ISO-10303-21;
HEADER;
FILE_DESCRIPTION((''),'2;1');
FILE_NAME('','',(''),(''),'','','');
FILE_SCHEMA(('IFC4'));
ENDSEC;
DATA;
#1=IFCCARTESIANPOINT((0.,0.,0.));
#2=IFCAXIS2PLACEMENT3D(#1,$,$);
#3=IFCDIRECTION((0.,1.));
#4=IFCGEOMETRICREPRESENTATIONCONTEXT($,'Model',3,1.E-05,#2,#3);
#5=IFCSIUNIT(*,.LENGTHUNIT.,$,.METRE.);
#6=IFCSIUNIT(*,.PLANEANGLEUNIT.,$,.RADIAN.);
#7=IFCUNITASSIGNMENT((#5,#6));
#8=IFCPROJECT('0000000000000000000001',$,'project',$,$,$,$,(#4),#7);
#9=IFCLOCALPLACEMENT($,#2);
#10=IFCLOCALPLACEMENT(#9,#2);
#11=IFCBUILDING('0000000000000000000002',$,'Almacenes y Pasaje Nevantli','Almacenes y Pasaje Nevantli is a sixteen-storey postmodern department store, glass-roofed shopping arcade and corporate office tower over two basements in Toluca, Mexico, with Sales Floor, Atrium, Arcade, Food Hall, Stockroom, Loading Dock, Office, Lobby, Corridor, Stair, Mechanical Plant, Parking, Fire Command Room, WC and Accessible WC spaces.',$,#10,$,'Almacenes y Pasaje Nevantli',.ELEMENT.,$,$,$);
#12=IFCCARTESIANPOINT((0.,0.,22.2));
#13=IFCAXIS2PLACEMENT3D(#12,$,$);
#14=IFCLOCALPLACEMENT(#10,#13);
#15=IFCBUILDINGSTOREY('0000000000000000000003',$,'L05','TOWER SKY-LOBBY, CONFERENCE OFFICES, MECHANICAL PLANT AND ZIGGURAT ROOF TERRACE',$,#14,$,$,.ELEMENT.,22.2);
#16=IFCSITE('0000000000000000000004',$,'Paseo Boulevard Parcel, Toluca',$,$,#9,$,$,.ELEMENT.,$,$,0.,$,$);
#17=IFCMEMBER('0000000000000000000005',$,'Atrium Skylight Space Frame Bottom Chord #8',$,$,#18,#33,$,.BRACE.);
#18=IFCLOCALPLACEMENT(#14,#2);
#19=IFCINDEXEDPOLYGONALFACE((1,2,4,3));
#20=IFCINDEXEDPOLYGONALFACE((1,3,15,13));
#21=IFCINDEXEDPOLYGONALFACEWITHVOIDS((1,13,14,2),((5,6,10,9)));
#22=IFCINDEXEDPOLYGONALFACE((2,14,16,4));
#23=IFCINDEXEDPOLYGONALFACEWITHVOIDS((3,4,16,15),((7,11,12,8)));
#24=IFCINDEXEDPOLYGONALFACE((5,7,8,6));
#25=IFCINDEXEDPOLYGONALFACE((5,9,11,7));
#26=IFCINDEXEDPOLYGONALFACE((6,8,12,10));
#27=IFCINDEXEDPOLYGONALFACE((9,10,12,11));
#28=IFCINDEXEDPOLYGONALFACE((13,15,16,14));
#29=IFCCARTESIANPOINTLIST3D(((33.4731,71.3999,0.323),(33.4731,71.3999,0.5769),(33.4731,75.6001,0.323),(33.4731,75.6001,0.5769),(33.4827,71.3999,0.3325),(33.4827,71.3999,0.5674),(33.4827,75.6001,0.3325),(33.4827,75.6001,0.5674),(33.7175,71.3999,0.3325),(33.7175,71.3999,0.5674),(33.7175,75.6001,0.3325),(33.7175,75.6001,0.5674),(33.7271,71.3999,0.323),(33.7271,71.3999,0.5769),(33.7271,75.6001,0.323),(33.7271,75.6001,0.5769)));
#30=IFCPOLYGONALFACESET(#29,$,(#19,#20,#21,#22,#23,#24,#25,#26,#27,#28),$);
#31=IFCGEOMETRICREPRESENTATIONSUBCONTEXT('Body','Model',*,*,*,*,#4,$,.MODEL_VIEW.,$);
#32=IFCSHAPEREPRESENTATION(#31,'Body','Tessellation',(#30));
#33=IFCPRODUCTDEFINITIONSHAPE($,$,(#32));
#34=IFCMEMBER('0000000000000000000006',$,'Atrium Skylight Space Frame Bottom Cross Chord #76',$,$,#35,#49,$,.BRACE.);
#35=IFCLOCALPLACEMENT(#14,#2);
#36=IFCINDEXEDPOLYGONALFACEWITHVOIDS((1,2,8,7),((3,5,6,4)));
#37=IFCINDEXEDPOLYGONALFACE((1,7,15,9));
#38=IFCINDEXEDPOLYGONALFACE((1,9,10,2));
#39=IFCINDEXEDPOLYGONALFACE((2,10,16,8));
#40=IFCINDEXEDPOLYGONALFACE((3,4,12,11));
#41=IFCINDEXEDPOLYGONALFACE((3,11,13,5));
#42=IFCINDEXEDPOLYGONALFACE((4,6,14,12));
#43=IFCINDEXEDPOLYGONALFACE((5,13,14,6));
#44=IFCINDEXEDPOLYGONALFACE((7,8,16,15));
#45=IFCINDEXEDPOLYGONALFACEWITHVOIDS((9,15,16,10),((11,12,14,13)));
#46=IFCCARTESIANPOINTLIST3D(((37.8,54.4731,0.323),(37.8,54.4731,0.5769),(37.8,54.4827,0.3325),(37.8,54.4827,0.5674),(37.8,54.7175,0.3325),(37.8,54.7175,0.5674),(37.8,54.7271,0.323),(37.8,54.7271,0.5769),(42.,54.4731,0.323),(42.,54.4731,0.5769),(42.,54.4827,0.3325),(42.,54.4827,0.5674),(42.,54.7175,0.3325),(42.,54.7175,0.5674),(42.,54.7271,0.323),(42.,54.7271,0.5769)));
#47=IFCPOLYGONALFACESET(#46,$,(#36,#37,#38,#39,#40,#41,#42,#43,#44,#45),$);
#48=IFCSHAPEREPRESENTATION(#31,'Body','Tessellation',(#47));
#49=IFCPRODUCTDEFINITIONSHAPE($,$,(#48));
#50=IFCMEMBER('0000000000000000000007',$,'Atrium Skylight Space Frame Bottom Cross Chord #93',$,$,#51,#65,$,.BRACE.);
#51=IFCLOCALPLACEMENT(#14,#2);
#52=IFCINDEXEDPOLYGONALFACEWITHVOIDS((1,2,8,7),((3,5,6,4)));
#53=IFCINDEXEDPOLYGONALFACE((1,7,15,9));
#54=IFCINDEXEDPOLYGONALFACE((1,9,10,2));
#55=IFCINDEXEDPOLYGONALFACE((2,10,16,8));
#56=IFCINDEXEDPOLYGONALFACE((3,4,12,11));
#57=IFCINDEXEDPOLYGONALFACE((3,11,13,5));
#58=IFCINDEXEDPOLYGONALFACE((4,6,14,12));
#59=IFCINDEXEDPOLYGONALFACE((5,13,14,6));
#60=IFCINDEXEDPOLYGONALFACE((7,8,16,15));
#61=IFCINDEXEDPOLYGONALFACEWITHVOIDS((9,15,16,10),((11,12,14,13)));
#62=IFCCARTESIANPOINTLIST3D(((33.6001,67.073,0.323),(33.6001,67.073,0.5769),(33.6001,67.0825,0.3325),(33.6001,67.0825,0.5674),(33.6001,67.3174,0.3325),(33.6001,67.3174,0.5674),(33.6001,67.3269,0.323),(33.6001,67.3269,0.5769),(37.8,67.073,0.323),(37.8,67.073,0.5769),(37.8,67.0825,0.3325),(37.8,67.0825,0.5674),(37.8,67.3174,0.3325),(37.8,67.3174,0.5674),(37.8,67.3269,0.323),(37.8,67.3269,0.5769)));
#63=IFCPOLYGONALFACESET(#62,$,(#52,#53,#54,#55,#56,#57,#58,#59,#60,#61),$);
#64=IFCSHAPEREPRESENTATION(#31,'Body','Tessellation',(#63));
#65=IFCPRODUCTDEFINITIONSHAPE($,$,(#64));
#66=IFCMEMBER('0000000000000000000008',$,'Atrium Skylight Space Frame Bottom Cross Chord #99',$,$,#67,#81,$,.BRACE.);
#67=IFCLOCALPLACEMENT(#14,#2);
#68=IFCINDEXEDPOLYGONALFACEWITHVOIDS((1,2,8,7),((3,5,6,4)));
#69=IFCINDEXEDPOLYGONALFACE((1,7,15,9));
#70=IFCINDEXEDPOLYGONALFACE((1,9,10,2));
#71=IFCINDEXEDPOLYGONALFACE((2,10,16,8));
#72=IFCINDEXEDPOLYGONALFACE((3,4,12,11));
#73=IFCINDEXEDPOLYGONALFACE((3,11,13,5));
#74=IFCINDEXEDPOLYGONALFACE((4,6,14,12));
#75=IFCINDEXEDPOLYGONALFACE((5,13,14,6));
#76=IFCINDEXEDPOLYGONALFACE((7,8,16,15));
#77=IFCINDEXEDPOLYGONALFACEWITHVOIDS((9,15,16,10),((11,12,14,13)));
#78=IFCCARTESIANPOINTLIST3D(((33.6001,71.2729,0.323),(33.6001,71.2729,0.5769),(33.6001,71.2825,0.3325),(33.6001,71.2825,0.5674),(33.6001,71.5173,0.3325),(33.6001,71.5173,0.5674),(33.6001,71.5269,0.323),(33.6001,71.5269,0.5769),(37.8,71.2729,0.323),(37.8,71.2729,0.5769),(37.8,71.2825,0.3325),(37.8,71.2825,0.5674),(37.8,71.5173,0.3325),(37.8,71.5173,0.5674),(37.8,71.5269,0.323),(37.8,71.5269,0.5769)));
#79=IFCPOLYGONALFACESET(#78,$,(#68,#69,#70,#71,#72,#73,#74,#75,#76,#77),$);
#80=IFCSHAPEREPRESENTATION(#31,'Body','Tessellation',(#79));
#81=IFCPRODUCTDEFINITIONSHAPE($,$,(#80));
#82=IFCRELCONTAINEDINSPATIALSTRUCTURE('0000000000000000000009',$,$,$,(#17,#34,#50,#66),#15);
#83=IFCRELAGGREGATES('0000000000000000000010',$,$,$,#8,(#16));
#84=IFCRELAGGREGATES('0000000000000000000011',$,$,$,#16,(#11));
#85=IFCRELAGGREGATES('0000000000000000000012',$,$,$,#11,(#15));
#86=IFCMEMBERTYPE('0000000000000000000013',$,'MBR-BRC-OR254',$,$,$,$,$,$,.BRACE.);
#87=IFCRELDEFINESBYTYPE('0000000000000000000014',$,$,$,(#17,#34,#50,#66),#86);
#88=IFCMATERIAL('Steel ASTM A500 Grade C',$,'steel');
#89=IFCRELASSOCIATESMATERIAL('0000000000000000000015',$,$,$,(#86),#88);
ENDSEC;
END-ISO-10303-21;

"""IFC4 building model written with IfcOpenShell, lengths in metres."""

from ifc_helpers import new_model, si_unit, direction, frame, origin, origin_2d, place, context, subcontext, project, spatial, hollow_rectangle, extrude, material, material_profile, profile_set, type_object, element, save


model = new_model("IFC4")

# Units and contexts
model_context = context("Model", 3, precision=1e-05, world=origin(), true_north=direction((0.0, 1.0)))
body_context = subcontext(model_context, "Body", "Model", "MODEL_VIEW")
ifc_project = project(units=[si_unit("LENGTHUNIT", "METRE"), si_unit("PLANEANGLEUNIT", "RADIAN")], contexts=[model_context])

# Site, building, storey
site_placement = place(None, origin())
site = spatial("IfcSite", under=ifc_project, at=site_placement, Name="Paseo Boulevard Parcel, Toluca", CompositionType="ELEMENT", RefElevation=0.0)
building_placement = place(site_placement, origin())
building = spatial("IfcBuilding", under=site, at=building_placement, Name="Almacenes y Pasaje Nevantli", Description="Almacenes y Pasaje Nevantli is a sixteen-storey postmodern department store, glass-roofed shopping arcade and corporate office tower over two basements in Toluca, Mexico, with Sales Floor, Atrium, Arcade, Food Hall, Stockroom, Loading Dock, Office, Lobby, Corridor, Stair, Mechanical Plant, Parking, Fire Command Room, WC and Accessible WC spaces.", LongName="Almacenes y Pasaje Nevantli", CompositionType="ELEMENT")
storey_placement = place(building_placement, frame((0.0, 0.0, 22.2)))
storey = spatial("IfcBuildingStorey", under=building, at=storey_placement, Name="L05", Description="TOWER SKY-LOBBY, CONFERENCE OFFICES, MECHANICAL PLANT AND ZIGGURAT ROOF TERRACE", CompositionType="ELEMENT", Elevation=22.2)

# Members
ifc_material_1 = material(Name="Steel ASTM A500 Grade C", Category="steel")
ifc_material_profile_1 = material_profile(ifc_material_1, hollow_rectangle(XDim=0.2539, YDim=0.2539, WallThickness=0.0095, at=origin_2d()), Name="OR 254x254x9.5")
ifc_profile_set_1 = profile_set([ifc_material_profile_1], Name="Steel ASTM A500 Grade C")
member_type_1 = type_object("IfcMemberType", Name="MBR-BRC-OR254", PredefinedType="BRACE", material=ifc_profile_set_1)
member_1_placement = place(storey_placement, frame((33.6001, 71.3999, 0.45), z_axis=(0.0, 1.0, 0.0), x_axis=(-1.0, 0.0, 0.0)))
element("IfcMember", 1, at=member_1_placement, inside=storey, type_object=member_type_1, Name="Atrium Skylight Space Frame Bottom Chord #8", PredefinedType="BRACE", context=body_context, shape_type="SweptSolid", body=[
    extrude(hollow_rectangle(XDim=0.2539, YDim=0.2539, WallThickness=0.0095, at=origin_2d()), origin(), (0.0, 0.0, 1.0), 4.2002),
])
for number, where, z_axis, x_axis, name in (
    (2, (37.8, 54.6001, 0.45), (1.0, 0.0, 0.0), (0.0, 1.0, 0.0), "Atrium Skylight Space Frame Bottom Cross Chord #76"),
    (3, (33.6001, 67.2, 0.45), (1.0, 0.0, 0.0), (0.0, 1.0, 0.0), "Atrium Skylight Space Frame Bottom Cross Chord #93"),
    (4, (33.6001, 71.3999, 0.45), (1.0, 0.0, 0.0), (0.0, 1.0, 0.0), "Atrium Skylight Space Frame Bottom Cross Chord #99"),
):
    element("IfcMember", number, at=place(storey_placement, frame(where, z_axis=z_axis, x_axis=x_axis)), inside=storey, type_object=member_type_1, Name=name, PredefinedType="BRACE", context=body_context, shape_type="SweptSolid", body=[
        extrude(hollow_rectangle(XDim=0.2539, YDim=0.2539, WallThickness=0.0095, at=origin_2d()), origin(), (0.0, 0.0, 1.0), 4.2),
    ])

save(model, "model.ifc")
